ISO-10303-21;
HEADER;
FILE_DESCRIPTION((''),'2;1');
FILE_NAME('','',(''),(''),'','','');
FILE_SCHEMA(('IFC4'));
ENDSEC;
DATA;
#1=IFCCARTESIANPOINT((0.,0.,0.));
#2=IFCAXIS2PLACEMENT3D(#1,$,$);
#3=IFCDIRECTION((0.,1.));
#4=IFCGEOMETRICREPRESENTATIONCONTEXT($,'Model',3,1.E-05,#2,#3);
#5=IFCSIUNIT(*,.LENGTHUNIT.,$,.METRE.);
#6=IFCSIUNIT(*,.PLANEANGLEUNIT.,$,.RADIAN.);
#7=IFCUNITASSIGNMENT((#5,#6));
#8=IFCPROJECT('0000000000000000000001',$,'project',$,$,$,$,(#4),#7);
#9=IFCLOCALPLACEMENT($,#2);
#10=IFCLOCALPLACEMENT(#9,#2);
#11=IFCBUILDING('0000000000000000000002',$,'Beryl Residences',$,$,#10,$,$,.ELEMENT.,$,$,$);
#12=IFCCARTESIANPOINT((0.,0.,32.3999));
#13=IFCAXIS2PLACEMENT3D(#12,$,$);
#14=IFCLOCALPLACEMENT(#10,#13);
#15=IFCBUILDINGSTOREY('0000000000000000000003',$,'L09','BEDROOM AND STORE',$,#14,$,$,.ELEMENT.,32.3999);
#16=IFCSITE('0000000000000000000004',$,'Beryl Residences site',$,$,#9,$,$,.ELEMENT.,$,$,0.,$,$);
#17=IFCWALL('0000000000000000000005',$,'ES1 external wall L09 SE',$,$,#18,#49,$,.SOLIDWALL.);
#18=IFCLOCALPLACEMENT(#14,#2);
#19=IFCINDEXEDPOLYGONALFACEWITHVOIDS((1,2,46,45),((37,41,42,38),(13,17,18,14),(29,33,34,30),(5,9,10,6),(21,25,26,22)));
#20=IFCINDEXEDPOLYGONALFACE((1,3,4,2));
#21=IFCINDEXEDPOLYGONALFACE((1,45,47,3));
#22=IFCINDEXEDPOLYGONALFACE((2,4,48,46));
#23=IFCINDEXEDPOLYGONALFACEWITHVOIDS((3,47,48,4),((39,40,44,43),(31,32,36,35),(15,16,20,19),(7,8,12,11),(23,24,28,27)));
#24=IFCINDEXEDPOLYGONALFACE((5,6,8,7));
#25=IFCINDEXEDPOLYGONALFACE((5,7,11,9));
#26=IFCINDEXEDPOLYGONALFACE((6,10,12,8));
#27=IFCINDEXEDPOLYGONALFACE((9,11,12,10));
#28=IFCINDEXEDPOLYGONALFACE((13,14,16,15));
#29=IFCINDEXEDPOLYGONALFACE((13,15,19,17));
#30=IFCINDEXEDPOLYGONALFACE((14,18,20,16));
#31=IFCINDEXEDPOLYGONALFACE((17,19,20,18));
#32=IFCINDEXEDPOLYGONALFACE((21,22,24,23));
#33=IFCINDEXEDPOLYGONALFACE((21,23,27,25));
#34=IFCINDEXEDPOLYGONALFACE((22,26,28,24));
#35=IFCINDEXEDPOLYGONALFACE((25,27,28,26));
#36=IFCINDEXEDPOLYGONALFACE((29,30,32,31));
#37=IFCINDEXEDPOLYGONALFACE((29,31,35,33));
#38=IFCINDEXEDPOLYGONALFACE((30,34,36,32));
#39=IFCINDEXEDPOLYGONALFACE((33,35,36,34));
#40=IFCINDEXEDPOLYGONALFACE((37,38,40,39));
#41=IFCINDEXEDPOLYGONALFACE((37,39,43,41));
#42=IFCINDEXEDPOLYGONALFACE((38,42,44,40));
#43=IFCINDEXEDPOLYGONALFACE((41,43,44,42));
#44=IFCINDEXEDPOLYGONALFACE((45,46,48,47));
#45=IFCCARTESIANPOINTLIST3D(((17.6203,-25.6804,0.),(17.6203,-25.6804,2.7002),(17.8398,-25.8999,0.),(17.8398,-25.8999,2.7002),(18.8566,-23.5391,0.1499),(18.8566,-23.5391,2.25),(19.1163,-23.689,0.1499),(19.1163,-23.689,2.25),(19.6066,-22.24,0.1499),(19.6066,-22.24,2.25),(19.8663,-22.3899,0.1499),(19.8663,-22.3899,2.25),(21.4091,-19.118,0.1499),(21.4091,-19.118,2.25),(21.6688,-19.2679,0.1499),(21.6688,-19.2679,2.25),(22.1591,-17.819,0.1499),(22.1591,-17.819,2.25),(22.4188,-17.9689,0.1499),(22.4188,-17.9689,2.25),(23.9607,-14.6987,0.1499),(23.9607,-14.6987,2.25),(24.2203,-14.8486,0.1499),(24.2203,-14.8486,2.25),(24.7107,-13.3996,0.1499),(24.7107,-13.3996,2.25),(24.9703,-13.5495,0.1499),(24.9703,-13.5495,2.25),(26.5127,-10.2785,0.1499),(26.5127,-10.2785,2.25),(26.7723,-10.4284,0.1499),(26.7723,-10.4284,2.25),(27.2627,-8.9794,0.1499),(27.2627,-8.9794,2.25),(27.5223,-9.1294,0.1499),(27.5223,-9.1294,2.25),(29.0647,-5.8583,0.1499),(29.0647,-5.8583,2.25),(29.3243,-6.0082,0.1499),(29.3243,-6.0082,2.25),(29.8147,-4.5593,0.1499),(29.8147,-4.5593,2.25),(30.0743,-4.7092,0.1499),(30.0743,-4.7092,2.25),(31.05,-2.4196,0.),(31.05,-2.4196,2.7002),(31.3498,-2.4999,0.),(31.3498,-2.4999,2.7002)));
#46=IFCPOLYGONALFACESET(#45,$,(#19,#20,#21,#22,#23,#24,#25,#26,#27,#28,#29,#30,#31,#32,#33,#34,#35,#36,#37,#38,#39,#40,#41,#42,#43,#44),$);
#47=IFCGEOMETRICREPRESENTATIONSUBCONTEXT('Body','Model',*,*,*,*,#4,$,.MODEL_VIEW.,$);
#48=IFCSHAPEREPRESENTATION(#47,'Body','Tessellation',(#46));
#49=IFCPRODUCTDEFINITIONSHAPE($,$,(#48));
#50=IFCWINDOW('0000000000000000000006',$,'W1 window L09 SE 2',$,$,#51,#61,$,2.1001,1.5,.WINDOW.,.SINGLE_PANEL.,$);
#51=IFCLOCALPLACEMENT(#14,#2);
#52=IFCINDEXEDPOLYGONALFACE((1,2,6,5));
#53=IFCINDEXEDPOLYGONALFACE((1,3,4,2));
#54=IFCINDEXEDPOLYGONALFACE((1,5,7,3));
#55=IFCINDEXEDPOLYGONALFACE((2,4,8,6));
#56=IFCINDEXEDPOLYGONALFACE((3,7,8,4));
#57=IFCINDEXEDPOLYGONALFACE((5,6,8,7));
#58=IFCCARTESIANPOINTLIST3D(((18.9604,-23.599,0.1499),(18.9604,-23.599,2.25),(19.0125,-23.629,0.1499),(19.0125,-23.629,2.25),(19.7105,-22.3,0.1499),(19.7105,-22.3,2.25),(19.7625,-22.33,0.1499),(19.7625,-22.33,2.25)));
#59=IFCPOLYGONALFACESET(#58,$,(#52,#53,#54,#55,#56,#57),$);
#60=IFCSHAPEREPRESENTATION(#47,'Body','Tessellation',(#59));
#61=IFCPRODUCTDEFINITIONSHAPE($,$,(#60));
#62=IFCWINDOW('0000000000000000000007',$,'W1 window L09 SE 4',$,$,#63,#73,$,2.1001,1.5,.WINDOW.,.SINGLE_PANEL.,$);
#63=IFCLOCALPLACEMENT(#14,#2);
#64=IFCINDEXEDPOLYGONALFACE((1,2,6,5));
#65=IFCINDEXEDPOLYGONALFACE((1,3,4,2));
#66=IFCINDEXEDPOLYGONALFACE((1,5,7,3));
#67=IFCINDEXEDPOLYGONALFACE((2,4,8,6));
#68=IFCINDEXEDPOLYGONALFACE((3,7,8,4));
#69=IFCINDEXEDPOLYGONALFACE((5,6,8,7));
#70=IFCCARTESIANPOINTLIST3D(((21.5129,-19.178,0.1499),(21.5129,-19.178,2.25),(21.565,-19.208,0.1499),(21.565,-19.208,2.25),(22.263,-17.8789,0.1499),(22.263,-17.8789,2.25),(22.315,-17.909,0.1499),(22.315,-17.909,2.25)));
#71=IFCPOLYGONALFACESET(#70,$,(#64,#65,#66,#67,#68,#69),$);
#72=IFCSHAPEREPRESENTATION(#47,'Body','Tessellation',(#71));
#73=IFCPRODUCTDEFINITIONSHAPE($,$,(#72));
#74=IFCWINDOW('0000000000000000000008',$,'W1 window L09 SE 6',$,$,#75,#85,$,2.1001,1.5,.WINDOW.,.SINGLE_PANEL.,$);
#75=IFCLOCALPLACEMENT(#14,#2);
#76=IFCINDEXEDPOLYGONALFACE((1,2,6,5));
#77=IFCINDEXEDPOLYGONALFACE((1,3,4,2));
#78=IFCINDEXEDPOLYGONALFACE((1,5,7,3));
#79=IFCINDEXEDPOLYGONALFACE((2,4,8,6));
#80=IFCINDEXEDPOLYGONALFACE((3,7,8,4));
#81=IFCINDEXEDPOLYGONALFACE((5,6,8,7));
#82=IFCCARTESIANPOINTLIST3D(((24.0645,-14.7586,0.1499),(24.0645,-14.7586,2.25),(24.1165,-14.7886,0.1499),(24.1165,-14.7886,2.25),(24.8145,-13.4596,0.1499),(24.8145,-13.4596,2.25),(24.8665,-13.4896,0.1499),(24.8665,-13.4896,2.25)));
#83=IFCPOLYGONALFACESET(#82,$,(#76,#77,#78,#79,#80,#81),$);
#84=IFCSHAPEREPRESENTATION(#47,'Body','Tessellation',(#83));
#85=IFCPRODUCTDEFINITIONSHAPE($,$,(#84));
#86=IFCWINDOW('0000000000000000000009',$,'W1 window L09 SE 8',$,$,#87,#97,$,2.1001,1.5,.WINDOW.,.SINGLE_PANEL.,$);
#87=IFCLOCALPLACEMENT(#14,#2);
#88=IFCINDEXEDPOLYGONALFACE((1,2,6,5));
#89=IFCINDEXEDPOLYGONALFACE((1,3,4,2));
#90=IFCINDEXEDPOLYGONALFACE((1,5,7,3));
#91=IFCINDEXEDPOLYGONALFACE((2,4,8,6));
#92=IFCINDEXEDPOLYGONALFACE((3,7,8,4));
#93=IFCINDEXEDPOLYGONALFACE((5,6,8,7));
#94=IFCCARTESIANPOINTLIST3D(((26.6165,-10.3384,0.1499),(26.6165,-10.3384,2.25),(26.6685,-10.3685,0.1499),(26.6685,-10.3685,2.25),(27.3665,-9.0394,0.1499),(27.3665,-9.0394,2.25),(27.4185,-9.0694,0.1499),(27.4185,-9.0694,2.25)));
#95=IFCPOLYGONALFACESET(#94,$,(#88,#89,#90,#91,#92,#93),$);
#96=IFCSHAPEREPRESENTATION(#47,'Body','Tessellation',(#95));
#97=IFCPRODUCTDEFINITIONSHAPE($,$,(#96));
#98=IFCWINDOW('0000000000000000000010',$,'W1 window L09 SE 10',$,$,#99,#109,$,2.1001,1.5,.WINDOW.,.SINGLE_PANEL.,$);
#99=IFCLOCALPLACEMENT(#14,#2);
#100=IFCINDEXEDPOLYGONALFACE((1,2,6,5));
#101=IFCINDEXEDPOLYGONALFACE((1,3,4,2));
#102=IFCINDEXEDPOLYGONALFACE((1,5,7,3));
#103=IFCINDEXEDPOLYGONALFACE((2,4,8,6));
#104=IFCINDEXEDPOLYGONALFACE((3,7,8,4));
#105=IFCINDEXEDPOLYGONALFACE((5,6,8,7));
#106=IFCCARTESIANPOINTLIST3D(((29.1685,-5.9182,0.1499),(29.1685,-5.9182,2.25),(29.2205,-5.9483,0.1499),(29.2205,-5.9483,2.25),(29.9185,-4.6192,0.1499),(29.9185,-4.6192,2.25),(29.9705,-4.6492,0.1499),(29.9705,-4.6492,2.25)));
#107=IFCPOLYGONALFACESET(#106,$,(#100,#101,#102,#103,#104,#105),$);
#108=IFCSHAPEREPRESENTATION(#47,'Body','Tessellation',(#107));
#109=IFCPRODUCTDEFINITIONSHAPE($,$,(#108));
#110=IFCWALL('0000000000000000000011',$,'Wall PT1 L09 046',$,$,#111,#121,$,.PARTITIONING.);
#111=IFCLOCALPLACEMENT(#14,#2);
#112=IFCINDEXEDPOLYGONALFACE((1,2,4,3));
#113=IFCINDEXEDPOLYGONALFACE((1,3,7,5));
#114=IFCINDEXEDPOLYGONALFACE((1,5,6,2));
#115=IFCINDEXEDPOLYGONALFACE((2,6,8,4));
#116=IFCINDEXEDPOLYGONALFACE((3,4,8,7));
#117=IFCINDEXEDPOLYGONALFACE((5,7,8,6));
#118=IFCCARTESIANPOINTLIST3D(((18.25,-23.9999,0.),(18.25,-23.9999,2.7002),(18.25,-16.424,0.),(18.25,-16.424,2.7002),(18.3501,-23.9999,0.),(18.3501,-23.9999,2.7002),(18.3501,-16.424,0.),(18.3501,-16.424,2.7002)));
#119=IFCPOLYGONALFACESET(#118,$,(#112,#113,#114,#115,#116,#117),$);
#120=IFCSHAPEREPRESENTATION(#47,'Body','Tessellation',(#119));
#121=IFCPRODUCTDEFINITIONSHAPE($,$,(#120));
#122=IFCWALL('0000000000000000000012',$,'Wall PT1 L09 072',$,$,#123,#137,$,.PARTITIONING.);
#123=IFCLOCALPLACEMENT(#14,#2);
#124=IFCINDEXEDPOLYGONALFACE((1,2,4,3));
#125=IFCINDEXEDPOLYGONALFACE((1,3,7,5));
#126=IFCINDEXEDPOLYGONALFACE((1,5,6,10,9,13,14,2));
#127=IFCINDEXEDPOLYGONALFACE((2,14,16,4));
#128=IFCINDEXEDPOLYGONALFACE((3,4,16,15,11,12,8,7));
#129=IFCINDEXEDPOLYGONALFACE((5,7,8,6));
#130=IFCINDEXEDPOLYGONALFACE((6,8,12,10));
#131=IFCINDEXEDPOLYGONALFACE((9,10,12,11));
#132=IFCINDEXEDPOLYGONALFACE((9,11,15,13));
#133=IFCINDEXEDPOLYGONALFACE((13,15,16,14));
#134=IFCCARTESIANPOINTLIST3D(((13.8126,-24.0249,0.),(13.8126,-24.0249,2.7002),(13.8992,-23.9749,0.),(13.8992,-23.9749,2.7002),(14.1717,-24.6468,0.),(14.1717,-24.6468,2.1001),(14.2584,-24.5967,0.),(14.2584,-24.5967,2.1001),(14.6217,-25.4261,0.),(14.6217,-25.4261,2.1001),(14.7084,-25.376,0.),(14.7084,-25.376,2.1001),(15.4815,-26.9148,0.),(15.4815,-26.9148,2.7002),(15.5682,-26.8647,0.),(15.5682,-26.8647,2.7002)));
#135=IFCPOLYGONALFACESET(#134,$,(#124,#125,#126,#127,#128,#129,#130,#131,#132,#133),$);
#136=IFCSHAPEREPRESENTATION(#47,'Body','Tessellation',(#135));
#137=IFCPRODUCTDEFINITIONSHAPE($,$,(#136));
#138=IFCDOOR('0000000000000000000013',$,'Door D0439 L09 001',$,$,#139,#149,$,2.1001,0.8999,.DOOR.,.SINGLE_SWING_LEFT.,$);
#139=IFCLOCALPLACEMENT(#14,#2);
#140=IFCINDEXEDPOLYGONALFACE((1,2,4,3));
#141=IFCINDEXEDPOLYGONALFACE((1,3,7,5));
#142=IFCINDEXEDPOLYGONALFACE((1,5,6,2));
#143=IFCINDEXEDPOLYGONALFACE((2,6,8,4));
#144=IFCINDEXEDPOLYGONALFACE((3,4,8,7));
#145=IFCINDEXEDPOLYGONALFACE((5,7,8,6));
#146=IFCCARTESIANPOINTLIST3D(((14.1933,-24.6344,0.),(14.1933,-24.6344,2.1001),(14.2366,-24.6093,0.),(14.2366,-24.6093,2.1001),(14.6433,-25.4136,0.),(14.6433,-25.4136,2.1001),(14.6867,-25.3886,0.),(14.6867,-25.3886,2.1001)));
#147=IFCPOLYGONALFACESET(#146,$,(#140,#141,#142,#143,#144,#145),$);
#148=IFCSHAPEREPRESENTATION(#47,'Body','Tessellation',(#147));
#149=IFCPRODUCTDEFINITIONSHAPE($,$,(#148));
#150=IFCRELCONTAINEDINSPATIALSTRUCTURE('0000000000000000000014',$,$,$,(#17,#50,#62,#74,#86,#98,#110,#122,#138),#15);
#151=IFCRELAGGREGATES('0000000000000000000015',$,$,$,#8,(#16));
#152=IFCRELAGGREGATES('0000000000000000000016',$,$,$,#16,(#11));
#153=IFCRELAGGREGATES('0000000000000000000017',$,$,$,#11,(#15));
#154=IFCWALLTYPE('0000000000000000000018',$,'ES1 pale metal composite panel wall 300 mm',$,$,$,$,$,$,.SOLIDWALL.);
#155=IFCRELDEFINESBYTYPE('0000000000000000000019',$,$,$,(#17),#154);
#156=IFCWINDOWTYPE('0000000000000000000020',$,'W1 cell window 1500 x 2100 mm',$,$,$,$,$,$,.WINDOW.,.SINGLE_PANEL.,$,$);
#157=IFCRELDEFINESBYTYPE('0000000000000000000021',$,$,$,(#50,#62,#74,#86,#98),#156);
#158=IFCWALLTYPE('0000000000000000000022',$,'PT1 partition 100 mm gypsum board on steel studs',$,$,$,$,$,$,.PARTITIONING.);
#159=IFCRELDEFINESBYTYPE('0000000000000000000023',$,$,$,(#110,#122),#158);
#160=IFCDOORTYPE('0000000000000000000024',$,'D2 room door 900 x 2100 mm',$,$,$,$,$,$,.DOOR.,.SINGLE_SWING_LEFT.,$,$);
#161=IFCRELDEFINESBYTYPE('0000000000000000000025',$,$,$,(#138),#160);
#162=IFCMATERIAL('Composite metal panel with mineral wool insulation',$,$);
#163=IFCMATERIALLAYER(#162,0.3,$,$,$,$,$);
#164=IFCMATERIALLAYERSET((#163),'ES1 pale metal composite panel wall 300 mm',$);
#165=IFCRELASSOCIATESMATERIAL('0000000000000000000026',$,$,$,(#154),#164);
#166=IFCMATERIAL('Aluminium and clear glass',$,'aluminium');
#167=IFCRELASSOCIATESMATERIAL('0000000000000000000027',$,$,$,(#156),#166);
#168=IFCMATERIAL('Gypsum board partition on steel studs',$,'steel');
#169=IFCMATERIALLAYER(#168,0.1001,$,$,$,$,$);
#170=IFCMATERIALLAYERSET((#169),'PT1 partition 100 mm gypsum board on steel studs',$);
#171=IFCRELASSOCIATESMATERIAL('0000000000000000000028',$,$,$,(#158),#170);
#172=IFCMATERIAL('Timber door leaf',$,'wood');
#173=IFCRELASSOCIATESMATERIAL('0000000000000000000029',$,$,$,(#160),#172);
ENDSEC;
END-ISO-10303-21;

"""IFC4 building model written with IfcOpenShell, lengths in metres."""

from ifc_helpers import new_model, si_unit, direction, frame, frame_2d, origin, place, context, subcontext, project, spatial, polyline, rectangle, outline, extrude, material, layer, layer_set, type_object, element, fill, save


model = new_model("IFC4")

# Units and contexts
model_context = context("Model", 3, precision=1e-05, world=origin(), true_north=direction((0.0, 1.0)))
body_context = subcontext(model_context, "Body", "Model", "MODEL_VIEW")
ifc_project = project(units=[si_unit("LENGTHUNIT", "METRE"), si_unit("PLANEANGLEUNIT", "RADIAN")], contexts=[model_context])

# Site, building, storey
site_placement = place(None, origin())
site = spatial("IfcSite", under=ifc_project, at=site_placement, Name="Beryl Residences site", CompositionType="ELEMENT", RefElevation=0.0)
building_placement = place(site_placement, origin())
building = spatial("IfcBuilding", under=site, at=building_placement, Name="Beryl Residences", CompositionType="ELEMENT")
storey_placement = place(building_placement, frame((0.0, 0.0, 32.3999)))
storey = spatial("IfcBuildingStorey", under=building, at=storey_placement, Name="L09", Description="BEDROOM AND STORE", CompositionType="ELEMENT", Elevation=32.3999)

# Shared definitions
ifc_material_1 = material(Name="Composite metal panel with mineral wool insulation")
ifc_layer_1 = layer(ifc_material_1, 0.3)
ifc_layer_set_1 = layer_set([ifc_layer_1], Name="ES1 pale metal composite panel wall 300 mm")
wall_type_1 = type_object("IfcWallType", Name="ES1 pale metal composite panel wall 300 mm", PredefinedType="SOLIDWALL", material=ifc_layer_set_1)

# Wall, openings, windows
wall_1_placement = place(storey_placement, frame((17.71, -25.825, 0.0), z_axis=(0.0, 0.0, 1.0), x_axis=(0.500002, 0.866024, 0.0)))
wall_1 = element("IfcWall", 1, at=wall_1_placement, inside=storey, type_object=wall_type_1, Name="ES1 external wall L09 SE", PredefinedType="SOLIDWALL", context=body_context, shape_type="SweptSolid", body=[
    extrude(outline(polyline([(0.0, -0.1499), (27.02, -0.1499), (26.9397, 0.1499), (0.0803, 0.1499), (0.0, -0.1499)])), origin(), (0.0, 0.0, 1.0), 2.7002),
])
opening_1_placement = place(wall_1_placement, frame((2.553, 0.0, 0.1499)))
opening_1 = element("IfcOpeningElement", 2, at=opening_1_placement, cuts=wall_1, PredefinedType="OPENING", context=body_context, shape_type="SweptSolid", body=[
    extrude(rectangle(XDim=1.5, YDim=2.1001, at=frame_2d((0.75, 1.05))), frame((0.0, 0.1599, 0.0), z_axis=(0.0, -1.0, 0.0), x_axis=(1.0, 0.0, 0.0)), (0.0, 0.0, 1.0), 0.3201),
])
opening_2_placement = place(wall_1_placement, frame((7.658, 0.0, 0.1499)))
opening_2 = element("IfcOpeningElement", 3, at=opening_2_placement, cuts=wall_1, PredefinedType="OPENING", context=body_context, shape_type="SweptSolid", body=[
    extrude(rectangle(XDim=1.5, YDim=2.1001, at=frame_2d((0.75, 1.05))), frame((0.0, 0.1599, 0.0), z_axis=(0.0, -1.0, 0.0), x_axis=(1.0, 0.0, 0.0)), (0.0, 0.0, 1.0), 0.3201),
])
opening_3_placement = place(wall_1_placement, frame((12.761, 0.0, 0.1499)))
opening_3 = element("IfcOpeningElement", 4, at=opening_3_placement, cuts=wall_1, PredefinedType="OPENING", context=body_context, shape_type="SweptSolid", body=[
    extrude(rectangle(XDim=1.5, YDim=2.1001, at=frame_2d((0.75, 1.05))), frame((0.0, 0.1599, 0.0), z_axis=(0.0, -1.0, 0.0), x_axis=(1.0, 0.0, 0.0)), (0.0, 0.0, 1.0), 0.3201),
])
opening_4_placement = place(wall_1_placement, frame((17.865, 0.0, 0.1499)))
opening_4 = element("IfcOpeningElement", 5, at=opening_4_placement, cuts=wall_1, PredefinedType="OPENING", context=body_context, shape_type="SweptSolid", body=[
    extrude(rectangle(XDim=1.5, YDim=2.1001, at=frame_2d((0.75, 1.05))), frame((0.0, 0.1599, 0.0), z_axis=(0.0, -1.0, 0.0), x_axis=(1.0, 0.0, 0.0)), (0.0, 0.0, 1.0), 0.3201),
])
opening_5_placement = place(wall_1_placement, frame((22.969, 0.0, 0.1499)))
opening_5 = element("IfcOpeningElement", 6, at=opening_5_placement, cuts=wall_1, PredefinedType="OPENING", context=body_context, shape_type="SweptSolid", body=[
    extrude(rectangle(XDim=1.5, YDim=2.1001, at=frame_2d((0.75, 1.05))), frame((0.0, 0.1599, 0.0), z_axis=(0.0, -1.0, 0.0), x_axis=(1.0, 0.0, 0.0)), (0.0, 0.0, 1.0), 0.3201),
])
ifc_material_2 = material(Name="Aluminium and clear glass", Category="aluminium")
window_type_1 = type_object("IfcWindowType", Name="W1 cell window 1500 x 2100 mm", PartitioningType="SINGLE_PANEL", PredefinedType="WINDOW", material=ifc_material_2)
window_1_placement = place(opening_1_placement, origin())
window_1 = element("IfcWindow", 7, at=window_1_placement, inside=storey, type_object=window_type_1, Name="W1 window L09 SE 2", OverallHeight=2.1001, OverallWidth=1.5, PartitioningType="SINGLE_PANEL", PredefinedType="WINDOW", context=body_context, shape_type="SweptSolid", body=[
    extrude(rectangle(XDim=1.5, YDim=2.1001, at=frame_2d((0.75, 1.05))), frame((0.0, 0.03, 0.0), z_axis=(0.0, -1.0, 0.0), x_axis=(1.0, 0.0, 0.0)), (0.0, 0.0, 1.0), 0.0601),
])
fill(opening_1, window_1)
window_2_placement = place(opening_2_placement, origin())
window_2 = element("IfcWindow", 8, at=window_2_placement, inside=storey, type_object=window_type_1, Name="W1 window L09 SE 4", OverallHeight=2.1001, OverallWidth=1.5, PartitioningType="SINGLE_PANEL", PredefinedType="WINDOW", context=body_context, shape_type="SweptSolid", body=[
    extrude(rectangle(XDim=1.5, YDim=2.1001, at=frame_2d((0.75, 1.05))), frame((0.0, 0.03, 0.0), z_axis=(0.0, -1.0, 0.0), x_axis=(1.0, 0.0, 0.0)), (0.0, 0.0, 1.0), 0.0601),
])
fill(opening_2, window_2)
window_3_placement = place(opening_3_placement, origin())
window_3 = element("IfcWindow", 9, at=window_3_placement, inside=storey, type_object=window_type_1, Name="W1 window L09 SE 6", OverallHeight=2.1001, OverallWidth=1.5, PartitioningType="SINGLE_PANEL", PredefinedType="WINDOW", context=body_context, shape_type="SweptSolid", body=[
    extrude(rectangle(XDim=1.5, YDim=2.1001, at=frame_2d((0.75, 1.05))), frame((0.0, 0.03, 0.0), z_axis=(0.0, -1.0, 0.0), x_axis=(1.0, 0.0, 0.0)), (0.0, 0.0, 1.0), 0.0601),
])
fill(opening_3, window_3)
window_4_placement = place(opening_4_placement, origin())
window_4 = element("IfcWindow", 10, at=window_4_placement, inside=storey, type_object=window_type_1, Name="W1 window L09 SE 8", OverallHeight=2.1001, OverallWidth=1.5, PartitioningType="SINGLE_PANEL", PredefinedType="WINDOW", context=body_context, shape_type="SweptSolid", body=[
    extrude(rectangle(XDim=1.5, YDim=2.1001, at=frame_2d((0.75, 1.05))), frame((0.0, 0.03, 0.0), z_axis=(0.0, -1.0, 0.0), x_axis=(1.0, 0.0, 0.0)), (0.0, 0.0, 1.0), 0.0601),
])
fill(opening_4, window_4)
window_5_placement = place(opening_5_placement, origin())
window_5 = element("IfcWindow", 11, at=window_5_placement, inside=storey, type_object=window_type_1, Name="W1 window L09 SE 10", OverallHeight=2.1001, OverallWidth=1.5, PartitioningType="SINGLE_PANEL", PredefinedType="WINDOW", context=body_context, shape_type="SweptSolid", body=[
    extrude(rectangle(XDim=1.5, YDim=2.1001, at=frame_2d((0.75, 1.05))), frame((0.0, 0.03, 0.0), z_axis=(0.0, -1.0, 0.0), x_axis=(1.0, 0.0, 0.0)), (0.0, 0.0, 1.0), 0.0601),
])
fill(opening_5, window_5)

# Wall
ifc_material_3 = material(Name="Gypsum board partition on steel studs", Category="steel")
ifc_layer_2 = layer(ifc_material_3, 0.1001)
ifc_layer_set_2 = layer_set([ifc_layer_2], Name="PT1 partition 100 mm gypsum board on steel studs")
wall_type_2 = type_object("IfcWallType", Name="PT1 partition 100 mm gypsum board on steel studs", PredefinedType="PARTITIONING", material=ifc_layer_set_2)
wall_2_placement = place(storey_placement, frame((18.3, -24.0, 0.0), z_axis=(0.0, 0.0, 1.0), x_axis=(0.0, 1.0, 0.0)))
element("IfcWall", 12, at=wall_2_placement, inside=storey, type_object=wall_type_2, Name="Wall PT1 L09 046", PredefinedType="PARTITIONING", context=body_context, shape_type="SweptSolid", body=[
    extrude(rectangle(XDim=7.5759, YDim=0.1001, at=frame_2d((3.7881, 0.0))), origin(), (0.0, 0.0, 1.0), 2.7002),
])

# Wall, opening, door
wall_3_placement = place(storey_placement, frame((13.856, -24.0, 0.0), z_axis=(0.0, 0.0, 1.0), x_axis=(0.500105, -0.865965, 0.0)))
wall_3 = element("IfcWall", 13, at=wall_3_placement, inside=storey, type_object=wall_type_2, Name="Wall PT1 L09 072", PredefinedType="PARTITIONING", context=body_context, shape_type="SweptSolid", body=[
    extrude(rectangle(XDim=3.3372, YDim=0.1001, at=frame_2d((1.6685, 0.0))), origin(), (0.0, 0.0, 1.0), 2.7002),
])
opening_6_placement = place(wall_3_placement, frame((0.718, 0.0, 0.0)))
opening_6 = element("IfcOpeningElement", 14, at=opening_6_placement, cuts=wall_3, PredefinedType="OPENING", context=body_context, shape_type="SweptSolid", body=[
    extrude(rectangle(XDim=0.8999, YDim=2.1001, at=frame_2d((0.45, 1.05))), frame((0.0, 0.0601, 0.0), z_axis=(0.0, -1.0, 0.0), x_axis=(1.0, 0.0, 0.0)), (0.0, 0.0, 1.0), 0.1201),
])
ifc_material_4 = material(Name="Timber door leaf", Category="wood")
door_type = type_object("IfcDoorType", Name="D2 room door 900 x 2100 mm", OperationType="SINGLE_SWING_LEFT", PredefinedType="DOOR", material=ifc_material_4)
door_placement = place(opening_6_placement, origin())
door = element("IfcDoor", 15, at=door_placement, inside=storey, type_object=door_type, Name="Door D0439 L09 001", OperationType="SINGLE_SWING_LEFT", OverallHeight=2.1001, OverallWidth=0.8999, PredefinedType="DOOR", context=body_context, shape_type="SweptSolid", body=[
    extrude(rectangle(XDim=0.8999, YDim=2.1001, at=frame_2d((0.45, 1.05))), frame((0.0, 0.0249, 0.0), z_axis=(0.0, -1.0, 0.0), x_axis=(1.0, 0.0, 0.0)), (0.0, 0.0, 1.0), 0.05),
])
fill(opening_6, door)

save(model, "model.ifc")
